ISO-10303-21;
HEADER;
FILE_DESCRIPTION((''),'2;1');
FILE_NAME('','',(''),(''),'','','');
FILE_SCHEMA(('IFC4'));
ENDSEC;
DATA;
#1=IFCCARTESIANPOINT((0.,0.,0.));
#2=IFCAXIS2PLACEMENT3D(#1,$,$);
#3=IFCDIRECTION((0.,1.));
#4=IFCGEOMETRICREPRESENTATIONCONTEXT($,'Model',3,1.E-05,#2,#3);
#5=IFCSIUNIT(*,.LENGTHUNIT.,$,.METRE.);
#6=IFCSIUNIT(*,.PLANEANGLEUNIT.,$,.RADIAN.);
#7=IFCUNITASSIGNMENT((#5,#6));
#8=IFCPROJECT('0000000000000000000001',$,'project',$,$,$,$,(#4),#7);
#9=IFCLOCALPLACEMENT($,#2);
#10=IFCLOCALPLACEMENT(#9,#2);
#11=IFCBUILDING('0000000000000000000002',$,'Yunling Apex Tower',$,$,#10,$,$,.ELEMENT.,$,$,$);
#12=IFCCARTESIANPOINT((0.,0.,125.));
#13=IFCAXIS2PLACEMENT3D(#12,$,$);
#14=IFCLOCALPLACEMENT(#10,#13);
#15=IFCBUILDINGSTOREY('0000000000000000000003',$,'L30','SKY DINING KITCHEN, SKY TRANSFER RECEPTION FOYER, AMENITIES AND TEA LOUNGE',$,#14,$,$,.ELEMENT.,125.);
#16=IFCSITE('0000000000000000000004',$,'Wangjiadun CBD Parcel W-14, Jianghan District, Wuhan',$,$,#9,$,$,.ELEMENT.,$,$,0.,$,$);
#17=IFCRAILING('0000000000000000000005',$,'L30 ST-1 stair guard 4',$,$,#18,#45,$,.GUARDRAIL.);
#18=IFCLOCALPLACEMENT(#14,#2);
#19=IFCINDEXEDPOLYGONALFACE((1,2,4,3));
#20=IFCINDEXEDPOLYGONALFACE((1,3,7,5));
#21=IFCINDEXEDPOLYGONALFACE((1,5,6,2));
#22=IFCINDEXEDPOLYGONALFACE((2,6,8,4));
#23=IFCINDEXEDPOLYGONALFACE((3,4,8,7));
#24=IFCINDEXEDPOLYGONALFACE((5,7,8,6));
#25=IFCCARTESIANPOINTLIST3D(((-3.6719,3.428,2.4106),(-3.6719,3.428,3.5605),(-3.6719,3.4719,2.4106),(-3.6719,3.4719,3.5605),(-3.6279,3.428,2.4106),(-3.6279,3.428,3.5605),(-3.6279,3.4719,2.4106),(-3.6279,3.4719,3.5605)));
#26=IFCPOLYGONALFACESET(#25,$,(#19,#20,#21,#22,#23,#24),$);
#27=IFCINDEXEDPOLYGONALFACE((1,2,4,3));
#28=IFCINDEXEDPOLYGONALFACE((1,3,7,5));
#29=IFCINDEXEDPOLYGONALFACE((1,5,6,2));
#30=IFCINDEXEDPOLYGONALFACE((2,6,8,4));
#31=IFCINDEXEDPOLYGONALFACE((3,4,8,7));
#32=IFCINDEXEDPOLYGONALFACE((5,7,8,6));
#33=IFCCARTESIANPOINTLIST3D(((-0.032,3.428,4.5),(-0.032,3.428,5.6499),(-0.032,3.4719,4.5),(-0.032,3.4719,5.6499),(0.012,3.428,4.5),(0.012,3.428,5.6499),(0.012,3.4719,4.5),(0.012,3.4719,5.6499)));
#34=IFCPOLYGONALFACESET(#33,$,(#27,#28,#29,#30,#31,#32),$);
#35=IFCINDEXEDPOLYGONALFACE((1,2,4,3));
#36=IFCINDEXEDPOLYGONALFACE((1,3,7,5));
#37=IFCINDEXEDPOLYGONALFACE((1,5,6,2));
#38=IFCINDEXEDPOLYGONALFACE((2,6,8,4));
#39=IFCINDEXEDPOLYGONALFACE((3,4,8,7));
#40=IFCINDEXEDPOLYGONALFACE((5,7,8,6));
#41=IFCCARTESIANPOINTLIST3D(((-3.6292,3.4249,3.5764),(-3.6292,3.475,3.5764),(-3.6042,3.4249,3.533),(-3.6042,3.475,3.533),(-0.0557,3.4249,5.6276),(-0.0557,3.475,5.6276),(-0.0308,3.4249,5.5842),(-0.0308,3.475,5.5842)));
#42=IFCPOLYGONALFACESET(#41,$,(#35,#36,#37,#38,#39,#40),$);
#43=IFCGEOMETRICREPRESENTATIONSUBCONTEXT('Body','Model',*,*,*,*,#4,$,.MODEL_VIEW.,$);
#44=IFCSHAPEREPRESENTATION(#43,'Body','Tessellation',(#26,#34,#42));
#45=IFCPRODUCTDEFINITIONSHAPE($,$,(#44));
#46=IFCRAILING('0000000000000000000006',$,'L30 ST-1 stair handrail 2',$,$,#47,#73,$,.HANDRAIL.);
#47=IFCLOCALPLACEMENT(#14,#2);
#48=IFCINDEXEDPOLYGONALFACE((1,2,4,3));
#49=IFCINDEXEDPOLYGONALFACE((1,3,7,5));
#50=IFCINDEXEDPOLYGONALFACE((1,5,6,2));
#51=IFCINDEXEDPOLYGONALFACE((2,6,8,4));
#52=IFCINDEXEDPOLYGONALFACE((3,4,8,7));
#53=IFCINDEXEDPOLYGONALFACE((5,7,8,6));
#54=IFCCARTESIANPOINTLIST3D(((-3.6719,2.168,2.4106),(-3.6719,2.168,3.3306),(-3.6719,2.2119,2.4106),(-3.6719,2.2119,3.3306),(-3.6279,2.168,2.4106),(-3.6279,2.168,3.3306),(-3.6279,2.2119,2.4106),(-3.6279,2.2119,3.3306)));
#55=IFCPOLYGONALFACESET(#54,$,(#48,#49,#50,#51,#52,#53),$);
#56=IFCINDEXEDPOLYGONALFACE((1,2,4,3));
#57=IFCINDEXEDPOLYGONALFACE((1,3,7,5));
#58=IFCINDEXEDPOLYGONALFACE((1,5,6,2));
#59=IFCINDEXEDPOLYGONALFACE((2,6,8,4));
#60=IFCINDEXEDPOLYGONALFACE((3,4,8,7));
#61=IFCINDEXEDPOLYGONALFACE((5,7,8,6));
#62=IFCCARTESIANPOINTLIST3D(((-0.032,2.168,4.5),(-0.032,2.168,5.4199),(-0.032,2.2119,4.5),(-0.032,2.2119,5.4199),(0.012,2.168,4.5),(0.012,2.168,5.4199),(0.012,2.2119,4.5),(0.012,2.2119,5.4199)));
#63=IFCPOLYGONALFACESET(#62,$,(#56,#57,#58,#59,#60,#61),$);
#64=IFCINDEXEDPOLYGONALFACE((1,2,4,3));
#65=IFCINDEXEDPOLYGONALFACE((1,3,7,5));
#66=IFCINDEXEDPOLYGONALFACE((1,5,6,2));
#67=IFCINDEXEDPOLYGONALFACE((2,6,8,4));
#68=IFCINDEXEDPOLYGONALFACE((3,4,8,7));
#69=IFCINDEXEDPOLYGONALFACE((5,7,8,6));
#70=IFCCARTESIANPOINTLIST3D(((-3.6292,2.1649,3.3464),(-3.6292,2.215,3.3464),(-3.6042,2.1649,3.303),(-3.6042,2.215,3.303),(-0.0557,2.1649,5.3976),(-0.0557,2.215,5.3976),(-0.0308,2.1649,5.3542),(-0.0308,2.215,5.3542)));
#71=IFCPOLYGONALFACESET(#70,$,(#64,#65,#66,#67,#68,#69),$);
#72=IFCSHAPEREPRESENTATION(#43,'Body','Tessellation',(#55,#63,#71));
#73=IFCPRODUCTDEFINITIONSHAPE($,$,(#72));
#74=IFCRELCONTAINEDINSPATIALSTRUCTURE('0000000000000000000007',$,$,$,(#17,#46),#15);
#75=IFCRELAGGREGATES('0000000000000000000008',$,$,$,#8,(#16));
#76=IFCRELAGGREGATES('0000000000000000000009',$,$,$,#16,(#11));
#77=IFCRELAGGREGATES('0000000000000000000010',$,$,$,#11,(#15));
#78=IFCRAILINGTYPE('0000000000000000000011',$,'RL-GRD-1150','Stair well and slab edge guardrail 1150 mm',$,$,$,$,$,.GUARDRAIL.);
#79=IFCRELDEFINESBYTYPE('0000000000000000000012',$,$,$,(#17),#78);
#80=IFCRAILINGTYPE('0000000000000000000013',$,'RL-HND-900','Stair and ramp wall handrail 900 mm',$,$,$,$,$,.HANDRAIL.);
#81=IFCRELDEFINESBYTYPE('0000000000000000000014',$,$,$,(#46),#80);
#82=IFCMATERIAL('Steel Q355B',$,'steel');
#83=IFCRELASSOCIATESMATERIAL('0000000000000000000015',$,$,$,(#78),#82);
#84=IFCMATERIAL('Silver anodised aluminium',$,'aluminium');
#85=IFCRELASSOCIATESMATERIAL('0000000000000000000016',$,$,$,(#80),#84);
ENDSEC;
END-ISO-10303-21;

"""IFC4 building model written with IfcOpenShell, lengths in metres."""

from ifc_helpers import new_model, si_unit, direction, frame, origin, origin_2d, place, context, subcontext, project, spatial, rectangle, extrude, material, type_object, element, save


model = new_model("IFC4")

# Units and contexts
model_context = context("Model", 3, precision=1e-05, world=origin(), true_north=direction((0.0, 1.0)))
body_context = subcontext(model_context, "Body", "Model", "MODEL_VIEW")
ifc_project = project(units=[si_unit("LENGTHUNIT", "METRE"), si_unit("PLANEANGLEUNIT", "RADIAN")], contexts=[model_context])

# Site, building, storey
site_placement = place(None, origin())
site = spatial("IfcSite", under=ifc_project, at=site_placement, Name="Wangjiadun CBD Parcel W-14, Jianghan District, Wuhan", CompositionType="ELEMENT", RefElevation=0.0)
building_placement = place(site_placement, origin())
building = spatial("IfcBuilding", under=site, at=building_placement, Name="Yunling Apex Tower", CompositionType="ELEMENT")
storey_placement = place(building_placement, frame((0.0, 0.0, 125.0)))
storey = spatial("IfcBuildingStorey", under=building, at=storey_placement, Name="L30", Description="SKY DINING KITCHEN, SKY TRANSFER RECEPTION FOYER, AMENITIES AND TEA LOUNGE", CompositionType="ELEMENT", Elevation=125.0)

# Shared definitions
ifc_material_1 = material(Name="Steel Q355B", Category="steel")

# Railings
railing_type_1 = type_object("IfcRailingType", Name="RL-GRD-1150", Description="Stair well and slab edge guardrail 1150 mm", PredefinedType="GUARDRAIL", material=ifc_material_1)
railing_1_placement = place(storey_placement, frame((-3.6499, 3.45, 2.4106)))
element("IfcRailing", 1, at=railing_1_placement, inside=storey, type_object=railing_type_1, Name="L30 ST-1 stair guard 4", PredefinedType="GUARDRAIL", context=body_context, shape_type="SweptSolid", body=[
    extrude(rectangle(XDim=0.0439, YDim=0.0439, at=origin_2d()), origin(), (0.0, 0.0, 1.0), 1.1499),
    extrude(rectangle(XDim=0.0439, YDim=0.0439, at=origin_2d()), frame((3.6399, 0.0, 2.0894)), (0.0, 0.0, 1.0), 1.1499),
    extrude(rectangle(XDim=0.05, YDim=0.05, at=origin_2d()), frame((0.0332, 0.0, 1.144), z_axis=(0.867275, 0.0, 0.497829), x_axis=(0.0, 1.0, 0.0)), (0.0, 0.0, 1.0), 4.1204),
])
ifc_material_2 = material(Name="Silver anodised aluminium", Category="aluminium")
railing_type_2 = type_object("IfcRailingType", Name="RL-HND-900", Description="Stair and ramp wall handrail 900 mm", PredefinedType="HANDRAIL", material=ifc_material_2)
railing_2_placement = place(storey_placement, frame((-3.6499, 2.1899, 2.4106)))
element("IfcRailing", 2, at=railing_2_placement, inside=storey, type_object=railing_type_2, Name="L30 ST-1 stair handrail 2", PredefinedType="HANDRAIL", context=body_context, shape_type="SweptSolid", body=[
    extrude(rectangle(XDim=0.0439, YDim=0.0439, at=origin_2d()), origin(), (0.0, 0.0, 1.0), 0.9199),
    extrude(rectangle(XDim=0.0439, YDim=0.0439, at=origin_2d()), frame((3.6399, 0.0, 2.0894)), (0.0, 0.0, 1.0), 0.9199),
    extrude(rectangle(XDim=0.05, YDim=0.05, at=origin_2d()), frame((0.0332, 0.0, 0.9141), z_axis=(0.867275, 0.0, 0.497829), x_axis=(0.0, 1.0, 0.0)), (0.0, 0.0, 1.0), 4.1204),
])

save(model, "model.ifc")
